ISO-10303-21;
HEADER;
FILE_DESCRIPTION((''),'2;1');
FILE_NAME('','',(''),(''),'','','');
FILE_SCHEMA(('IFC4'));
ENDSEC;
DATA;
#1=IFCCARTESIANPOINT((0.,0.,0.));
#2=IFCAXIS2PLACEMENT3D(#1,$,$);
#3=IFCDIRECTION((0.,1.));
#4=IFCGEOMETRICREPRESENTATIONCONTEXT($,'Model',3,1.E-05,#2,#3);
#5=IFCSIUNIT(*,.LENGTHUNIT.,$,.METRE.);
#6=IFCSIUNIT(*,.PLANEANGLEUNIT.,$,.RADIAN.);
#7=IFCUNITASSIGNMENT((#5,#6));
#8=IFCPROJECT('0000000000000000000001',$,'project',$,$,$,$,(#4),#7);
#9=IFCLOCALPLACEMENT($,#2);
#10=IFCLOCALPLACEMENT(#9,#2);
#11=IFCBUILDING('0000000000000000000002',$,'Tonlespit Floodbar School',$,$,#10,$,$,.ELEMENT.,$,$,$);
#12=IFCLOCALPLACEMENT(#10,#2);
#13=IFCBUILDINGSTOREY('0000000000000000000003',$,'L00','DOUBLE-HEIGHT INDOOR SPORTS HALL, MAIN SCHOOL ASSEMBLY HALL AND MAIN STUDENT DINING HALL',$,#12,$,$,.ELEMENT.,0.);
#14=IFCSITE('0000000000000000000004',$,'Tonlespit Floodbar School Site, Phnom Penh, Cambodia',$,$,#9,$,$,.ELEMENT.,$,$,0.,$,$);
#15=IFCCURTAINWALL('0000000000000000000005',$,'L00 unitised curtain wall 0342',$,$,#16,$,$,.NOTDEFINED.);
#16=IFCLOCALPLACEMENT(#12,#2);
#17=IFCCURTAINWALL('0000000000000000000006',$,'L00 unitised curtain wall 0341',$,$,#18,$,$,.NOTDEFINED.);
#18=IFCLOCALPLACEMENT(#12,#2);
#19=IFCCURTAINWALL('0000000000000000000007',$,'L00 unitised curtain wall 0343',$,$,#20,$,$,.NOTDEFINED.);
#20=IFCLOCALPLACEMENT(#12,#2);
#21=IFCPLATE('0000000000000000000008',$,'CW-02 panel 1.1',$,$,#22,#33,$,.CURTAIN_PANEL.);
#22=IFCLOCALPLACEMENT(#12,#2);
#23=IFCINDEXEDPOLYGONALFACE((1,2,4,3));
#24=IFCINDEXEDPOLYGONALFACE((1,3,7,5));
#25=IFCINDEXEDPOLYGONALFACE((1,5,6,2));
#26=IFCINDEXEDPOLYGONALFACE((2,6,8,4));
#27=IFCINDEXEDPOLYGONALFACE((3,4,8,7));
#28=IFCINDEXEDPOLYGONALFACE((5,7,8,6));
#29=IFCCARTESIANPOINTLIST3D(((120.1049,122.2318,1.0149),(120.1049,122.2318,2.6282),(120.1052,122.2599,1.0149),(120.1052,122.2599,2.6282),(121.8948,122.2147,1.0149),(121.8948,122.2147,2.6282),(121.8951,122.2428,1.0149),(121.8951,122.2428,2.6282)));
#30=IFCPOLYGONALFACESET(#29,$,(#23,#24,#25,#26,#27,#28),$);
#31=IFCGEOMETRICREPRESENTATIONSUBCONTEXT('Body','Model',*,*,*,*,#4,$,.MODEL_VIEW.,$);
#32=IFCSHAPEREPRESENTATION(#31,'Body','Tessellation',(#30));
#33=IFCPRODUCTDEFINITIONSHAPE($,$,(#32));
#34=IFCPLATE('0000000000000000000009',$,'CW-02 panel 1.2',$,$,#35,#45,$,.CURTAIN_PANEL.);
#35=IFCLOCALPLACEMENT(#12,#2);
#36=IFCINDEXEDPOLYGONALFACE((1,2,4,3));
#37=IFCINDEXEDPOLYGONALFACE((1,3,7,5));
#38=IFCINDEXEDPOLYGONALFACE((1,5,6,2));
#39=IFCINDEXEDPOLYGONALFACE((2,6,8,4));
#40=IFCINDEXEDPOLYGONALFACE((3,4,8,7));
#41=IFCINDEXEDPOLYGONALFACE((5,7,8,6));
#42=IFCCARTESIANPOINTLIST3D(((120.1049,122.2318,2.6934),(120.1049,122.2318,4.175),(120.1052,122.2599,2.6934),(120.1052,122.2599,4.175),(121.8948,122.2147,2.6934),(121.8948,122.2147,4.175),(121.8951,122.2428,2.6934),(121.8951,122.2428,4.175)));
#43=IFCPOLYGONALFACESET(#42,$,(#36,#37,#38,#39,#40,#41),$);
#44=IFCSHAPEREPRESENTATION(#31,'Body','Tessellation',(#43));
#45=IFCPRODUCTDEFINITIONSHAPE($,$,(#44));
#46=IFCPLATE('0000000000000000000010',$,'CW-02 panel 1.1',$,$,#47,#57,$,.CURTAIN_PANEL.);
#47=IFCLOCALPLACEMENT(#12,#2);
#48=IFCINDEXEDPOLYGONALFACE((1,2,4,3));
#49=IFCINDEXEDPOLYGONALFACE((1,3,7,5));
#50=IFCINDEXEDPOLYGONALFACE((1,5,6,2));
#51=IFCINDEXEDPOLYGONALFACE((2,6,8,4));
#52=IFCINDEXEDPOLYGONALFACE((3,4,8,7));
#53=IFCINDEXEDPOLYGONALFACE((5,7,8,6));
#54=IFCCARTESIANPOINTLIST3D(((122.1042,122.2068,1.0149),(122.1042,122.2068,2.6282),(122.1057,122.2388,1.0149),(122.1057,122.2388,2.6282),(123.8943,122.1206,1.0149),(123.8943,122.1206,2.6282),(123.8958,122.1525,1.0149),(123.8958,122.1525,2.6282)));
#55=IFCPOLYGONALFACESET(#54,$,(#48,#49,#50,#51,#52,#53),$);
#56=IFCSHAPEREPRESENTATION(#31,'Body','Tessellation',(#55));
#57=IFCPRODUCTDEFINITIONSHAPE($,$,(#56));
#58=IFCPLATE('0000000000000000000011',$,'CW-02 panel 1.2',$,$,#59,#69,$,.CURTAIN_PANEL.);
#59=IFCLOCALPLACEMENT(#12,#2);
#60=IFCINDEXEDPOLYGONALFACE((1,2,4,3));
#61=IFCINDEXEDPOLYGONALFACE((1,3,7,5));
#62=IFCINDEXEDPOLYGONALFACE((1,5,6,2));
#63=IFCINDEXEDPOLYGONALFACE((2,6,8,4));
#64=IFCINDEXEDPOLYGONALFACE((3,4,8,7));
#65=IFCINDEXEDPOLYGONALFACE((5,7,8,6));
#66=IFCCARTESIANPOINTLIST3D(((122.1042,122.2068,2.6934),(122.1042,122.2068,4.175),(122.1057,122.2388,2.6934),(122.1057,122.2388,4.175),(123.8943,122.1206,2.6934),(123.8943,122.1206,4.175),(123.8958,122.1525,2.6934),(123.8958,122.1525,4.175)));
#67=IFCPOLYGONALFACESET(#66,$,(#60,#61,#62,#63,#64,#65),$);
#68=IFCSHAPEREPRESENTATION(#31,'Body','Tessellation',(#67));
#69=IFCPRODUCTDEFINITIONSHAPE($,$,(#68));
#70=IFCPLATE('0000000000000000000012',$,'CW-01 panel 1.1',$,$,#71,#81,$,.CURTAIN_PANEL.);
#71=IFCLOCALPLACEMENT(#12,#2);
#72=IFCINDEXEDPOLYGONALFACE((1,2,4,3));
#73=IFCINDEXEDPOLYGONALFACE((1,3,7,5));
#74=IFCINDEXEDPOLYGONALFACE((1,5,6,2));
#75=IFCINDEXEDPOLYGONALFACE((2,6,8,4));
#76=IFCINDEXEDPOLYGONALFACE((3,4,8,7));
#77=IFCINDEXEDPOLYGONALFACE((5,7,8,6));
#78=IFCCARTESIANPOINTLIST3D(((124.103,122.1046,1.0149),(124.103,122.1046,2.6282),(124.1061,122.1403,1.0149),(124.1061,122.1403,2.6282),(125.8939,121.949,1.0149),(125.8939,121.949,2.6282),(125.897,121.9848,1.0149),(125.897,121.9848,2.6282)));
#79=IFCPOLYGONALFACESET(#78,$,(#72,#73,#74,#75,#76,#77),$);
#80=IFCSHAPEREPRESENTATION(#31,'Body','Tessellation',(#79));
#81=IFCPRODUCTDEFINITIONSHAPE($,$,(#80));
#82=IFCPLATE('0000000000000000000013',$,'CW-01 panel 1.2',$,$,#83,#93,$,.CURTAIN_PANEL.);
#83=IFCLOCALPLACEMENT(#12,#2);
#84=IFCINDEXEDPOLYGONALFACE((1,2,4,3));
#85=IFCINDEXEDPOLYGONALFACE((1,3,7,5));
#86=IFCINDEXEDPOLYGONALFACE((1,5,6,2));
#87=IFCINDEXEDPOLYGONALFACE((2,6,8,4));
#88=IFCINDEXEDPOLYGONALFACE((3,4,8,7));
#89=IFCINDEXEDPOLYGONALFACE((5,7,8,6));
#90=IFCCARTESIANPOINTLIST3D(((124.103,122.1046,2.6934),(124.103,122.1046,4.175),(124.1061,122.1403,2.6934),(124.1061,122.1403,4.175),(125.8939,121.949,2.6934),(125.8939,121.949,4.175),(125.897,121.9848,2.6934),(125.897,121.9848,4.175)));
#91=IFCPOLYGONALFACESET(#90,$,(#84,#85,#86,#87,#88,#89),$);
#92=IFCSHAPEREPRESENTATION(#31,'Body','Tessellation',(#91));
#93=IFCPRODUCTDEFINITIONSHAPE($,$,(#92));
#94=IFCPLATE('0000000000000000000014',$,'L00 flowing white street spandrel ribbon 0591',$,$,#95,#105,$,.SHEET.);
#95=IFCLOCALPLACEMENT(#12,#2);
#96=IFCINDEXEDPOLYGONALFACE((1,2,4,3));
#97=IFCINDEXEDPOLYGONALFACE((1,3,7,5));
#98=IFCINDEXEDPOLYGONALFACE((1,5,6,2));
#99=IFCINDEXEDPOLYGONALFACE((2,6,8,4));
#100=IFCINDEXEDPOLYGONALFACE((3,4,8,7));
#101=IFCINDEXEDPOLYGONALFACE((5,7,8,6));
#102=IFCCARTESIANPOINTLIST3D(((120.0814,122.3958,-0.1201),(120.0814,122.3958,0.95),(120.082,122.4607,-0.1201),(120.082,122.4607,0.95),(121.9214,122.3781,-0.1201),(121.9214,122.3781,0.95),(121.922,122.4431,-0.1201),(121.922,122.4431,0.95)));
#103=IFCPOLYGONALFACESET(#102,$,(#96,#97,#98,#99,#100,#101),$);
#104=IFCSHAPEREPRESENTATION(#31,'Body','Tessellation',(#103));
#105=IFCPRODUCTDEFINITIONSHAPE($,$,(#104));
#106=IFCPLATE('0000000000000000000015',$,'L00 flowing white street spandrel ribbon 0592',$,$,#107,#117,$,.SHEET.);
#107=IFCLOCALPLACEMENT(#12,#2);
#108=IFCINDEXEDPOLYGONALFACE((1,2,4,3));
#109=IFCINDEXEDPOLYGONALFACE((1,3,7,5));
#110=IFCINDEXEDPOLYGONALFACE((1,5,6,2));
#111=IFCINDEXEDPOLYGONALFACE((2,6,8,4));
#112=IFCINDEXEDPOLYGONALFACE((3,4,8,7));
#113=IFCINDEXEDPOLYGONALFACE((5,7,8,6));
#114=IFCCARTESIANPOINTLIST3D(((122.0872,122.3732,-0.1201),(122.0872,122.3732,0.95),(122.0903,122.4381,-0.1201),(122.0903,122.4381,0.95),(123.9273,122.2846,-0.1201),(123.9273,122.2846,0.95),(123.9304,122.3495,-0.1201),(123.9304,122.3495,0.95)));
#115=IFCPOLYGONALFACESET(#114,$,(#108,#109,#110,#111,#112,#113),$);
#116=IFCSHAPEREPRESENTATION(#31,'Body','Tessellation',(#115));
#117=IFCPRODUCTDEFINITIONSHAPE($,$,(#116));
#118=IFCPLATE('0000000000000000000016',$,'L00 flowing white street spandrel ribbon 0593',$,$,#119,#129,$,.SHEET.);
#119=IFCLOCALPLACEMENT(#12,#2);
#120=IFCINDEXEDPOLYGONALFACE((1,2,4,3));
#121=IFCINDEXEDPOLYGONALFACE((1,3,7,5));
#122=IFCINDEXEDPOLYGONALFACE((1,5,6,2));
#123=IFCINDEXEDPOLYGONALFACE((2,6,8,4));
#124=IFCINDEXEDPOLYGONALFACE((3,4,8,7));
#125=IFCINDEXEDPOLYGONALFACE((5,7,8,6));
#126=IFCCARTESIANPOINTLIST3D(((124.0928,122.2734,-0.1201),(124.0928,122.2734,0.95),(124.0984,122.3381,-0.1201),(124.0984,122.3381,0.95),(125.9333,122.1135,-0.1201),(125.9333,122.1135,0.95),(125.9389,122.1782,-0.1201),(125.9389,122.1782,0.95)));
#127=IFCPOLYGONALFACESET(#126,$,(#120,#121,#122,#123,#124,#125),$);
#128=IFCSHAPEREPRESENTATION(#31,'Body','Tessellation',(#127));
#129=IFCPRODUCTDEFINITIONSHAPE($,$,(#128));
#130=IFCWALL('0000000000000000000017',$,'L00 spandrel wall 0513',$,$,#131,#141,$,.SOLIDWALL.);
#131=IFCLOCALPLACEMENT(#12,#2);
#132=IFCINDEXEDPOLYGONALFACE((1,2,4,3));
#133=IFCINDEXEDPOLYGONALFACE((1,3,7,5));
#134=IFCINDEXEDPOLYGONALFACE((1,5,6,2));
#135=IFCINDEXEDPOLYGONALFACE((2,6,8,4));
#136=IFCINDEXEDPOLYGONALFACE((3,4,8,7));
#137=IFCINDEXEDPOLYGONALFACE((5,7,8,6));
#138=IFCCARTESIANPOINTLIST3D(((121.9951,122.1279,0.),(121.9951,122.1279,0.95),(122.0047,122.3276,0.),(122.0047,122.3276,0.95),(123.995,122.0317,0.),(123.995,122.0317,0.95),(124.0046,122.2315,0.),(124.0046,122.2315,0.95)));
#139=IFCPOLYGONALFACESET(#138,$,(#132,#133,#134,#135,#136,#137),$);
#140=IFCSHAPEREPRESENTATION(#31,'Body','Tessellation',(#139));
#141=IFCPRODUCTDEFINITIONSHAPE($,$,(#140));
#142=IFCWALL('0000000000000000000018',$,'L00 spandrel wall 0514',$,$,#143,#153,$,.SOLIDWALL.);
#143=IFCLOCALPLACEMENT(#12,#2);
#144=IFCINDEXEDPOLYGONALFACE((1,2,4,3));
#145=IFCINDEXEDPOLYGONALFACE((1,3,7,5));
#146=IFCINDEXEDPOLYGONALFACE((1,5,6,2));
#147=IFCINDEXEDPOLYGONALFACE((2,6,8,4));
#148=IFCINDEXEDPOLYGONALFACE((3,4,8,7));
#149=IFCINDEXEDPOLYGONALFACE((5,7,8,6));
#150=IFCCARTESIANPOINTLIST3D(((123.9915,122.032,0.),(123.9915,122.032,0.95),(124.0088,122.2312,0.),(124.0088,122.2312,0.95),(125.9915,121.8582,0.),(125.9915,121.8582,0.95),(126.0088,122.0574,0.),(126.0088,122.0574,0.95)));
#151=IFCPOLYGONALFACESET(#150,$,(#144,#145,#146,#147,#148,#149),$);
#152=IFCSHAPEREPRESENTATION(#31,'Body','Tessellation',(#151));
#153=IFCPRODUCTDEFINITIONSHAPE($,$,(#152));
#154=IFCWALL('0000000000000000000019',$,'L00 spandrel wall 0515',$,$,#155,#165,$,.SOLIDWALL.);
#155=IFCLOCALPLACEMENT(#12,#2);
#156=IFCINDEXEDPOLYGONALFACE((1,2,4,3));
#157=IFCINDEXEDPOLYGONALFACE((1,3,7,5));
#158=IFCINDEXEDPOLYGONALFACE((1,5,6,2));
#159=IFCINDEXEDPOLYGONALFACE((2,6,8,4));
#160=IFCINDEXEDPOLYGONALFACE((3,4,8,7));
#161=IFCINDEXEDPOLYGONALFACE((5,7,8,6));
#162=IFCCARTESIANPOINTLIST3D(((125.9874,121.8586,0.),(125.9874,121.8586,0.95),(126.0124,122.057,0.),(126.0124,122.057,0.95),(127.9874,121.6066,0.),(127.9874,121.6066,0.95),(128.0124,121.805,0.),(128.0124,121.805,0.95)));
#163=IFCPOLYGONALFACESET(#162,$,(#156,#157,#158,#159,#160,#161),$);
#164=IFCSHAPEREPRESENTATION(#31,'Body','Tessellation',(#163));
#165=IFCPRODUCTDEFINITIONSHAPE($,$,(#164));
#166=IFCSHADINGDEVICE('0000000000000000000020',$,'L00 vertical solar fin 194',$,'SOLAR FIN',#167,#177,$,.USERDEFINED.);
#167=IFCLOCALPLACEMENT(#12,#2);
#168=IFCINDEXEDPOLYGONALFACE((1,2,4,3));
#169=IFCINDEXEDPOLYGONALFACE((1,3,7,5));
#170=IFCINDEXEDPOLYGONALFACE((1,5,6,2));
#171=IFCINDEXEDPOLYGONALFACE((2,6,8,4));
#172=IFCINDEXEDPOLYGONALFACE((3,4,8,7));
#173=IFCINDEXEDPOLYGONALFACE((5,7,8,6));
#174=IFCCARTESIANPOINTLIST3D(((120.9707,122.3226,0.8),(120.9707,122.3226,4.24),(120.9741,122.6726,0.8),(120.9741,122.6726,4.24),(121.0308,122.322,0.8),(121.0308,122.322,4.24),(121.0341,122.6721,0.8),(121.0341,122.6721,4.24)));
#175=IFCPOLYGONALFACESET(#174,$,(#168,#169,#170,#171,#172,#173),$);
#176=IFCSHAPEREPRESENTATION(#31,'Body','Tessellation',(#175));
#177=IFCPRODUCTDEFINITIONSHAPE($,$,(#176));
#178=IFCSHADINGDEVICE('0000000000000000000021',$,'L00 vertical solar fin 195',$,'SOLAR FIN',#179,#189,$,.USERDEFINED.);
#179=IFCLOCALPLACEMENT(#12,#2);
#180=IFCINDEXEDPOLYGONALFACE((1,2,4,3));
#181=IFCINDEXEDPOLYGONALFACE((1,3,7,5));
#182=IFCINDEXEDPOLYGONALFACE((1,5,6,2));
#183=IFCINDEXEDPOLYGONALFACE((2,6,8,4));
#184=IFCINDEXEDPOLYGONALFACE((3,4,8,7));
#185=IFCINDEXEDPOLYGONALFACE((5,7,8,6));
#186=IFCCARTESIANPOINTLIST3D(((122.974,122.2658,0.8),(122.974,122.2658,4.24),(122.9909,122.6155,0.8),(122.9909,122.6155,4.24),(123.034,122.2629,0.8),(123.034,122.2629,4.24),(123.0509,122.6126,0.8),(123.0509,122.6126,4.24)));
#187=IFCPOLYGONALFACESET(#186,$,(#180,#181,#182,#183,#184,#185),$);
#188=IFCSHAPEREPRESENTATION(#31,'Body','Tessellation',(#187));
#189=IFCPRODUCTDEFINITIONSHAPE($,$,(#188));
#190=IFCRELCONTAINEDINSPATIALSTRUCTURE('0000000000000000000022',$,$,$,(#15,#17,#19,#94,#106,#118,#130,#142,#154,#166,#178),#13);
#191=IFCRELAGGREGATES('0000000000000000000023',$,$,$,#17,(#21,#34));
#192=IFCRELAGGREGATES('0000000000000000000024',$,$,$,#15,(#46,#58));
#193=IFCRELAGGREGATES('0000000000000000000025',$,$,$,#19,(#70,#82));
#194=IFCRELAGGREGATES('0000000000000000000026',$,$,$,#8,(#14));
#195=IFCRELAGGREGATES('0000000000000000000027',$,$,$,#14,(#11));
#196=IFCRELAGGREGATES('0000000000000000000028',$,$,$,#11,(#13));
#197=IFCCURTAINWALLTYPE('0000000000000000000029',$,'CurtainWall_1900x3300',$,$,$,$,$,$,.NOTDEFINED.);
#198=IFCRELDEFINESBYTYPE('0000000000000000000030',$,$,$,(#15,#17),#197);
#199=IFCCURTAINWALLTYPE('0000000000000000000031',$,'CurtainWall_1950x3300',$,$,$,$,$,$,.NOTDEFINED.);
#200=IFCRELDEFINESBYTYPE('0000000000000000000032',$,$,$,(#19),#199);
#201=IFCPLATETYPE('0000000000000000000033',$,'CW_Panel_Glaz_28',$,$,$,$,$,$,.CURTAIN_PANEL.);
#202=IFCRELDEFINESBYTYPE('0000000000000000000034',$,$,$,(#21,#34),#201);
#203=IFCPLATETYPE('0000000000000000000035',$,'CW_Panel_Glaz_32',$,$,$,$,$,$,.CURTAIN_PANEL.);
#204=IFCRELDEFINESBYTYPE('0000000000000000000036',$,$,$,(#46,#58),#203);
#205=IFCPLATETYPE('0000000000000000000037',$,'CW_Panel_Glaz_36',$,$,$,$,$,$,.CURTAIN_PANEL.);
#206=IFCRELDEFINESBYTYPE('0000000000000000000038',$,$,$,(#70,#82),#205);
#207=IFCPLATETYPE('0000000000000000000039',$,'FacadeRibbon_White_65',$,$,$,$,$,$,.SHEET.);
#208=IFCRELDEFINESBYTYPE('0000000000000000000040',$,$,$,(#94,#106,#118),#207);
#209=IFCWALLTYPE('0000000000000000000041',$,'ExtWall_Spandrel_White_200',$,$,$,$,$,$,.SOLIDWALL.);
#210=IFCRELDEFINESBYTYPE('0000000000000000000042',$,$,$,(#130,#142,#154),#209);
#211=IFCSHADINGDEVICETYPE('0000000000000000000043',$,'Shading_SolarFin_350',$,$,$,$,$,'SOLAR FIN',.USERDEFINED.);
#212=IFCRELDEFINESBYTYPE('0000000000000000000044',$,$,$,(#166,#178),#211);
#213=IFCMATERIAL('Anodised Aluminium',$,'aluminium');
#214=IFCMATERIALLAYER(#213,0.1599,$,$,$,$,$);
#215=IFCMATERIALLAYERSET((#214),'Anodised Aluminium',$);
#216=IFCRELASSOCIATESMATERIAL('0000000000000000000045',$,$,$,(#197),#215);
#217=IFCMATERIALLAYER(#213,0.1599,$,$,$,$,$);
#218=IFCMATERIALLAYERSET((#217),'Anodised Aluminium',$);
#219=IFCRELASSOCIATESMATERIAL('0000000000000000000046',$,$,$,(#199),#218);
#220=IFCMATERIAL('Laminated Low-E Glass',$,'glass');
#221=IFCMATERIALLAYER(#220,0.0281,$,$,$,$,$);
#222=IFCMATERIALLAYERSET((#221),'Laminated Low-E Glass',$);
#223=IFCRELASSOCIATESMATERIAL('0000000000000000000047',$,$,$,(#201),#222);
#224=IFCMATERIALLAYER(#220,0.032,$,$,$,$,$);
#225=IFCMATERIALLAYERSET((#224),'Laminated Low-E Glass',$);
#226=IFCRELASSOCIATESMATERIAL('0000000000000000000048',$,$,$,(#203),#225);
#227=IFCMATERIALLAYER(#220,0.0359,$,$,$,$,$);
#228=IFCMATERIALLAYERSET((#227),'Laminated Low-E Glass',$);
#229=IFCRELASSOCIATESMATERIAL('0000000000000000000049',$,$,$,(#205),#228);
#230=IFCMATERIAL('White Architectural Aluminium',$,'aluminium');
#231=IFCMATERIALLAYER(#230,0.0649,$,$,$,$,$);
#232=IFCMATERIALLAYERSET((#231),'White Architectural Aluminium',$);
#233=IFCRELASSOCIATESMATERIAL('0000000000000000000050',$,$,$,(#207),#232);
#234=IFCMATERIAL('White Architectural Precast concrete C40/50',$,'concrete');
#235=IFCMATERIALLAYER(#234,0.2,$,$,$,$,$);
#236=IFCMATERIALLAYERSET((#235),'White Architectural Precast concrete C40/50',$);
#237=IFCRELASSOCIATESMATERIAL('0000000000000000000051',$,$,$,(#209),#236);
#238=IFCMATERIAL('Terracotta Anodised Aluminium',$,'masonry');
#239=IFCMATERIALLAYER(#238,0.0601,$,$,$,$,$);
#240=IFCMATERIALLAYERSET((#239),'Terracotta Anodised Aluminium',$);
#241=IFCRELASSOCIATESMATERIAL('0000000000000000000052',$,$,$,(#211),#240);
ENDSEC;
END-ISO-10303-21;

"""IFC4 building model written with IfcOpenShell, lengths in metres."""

from ifc_helpers import new_model, si_unit, direction, frame, frame_2d, origin, origin_2d, place, context, subcontext, project, spatial, rectangle, extrude, material, layer, layer_set, type_object, element, aggregate, save


model = new_model("IFC4")

# Units and contexts
model_context = context("Model", 3, precision=1e-05, world=origin(), true_north=direction((0.0, 1.0)))
body_context = subcontext(model_context, "Body", "Model", "MODEL_VIEW")
ifc_project = project(units=[si_unit("LENGTHUNIT", "METRE"), si_unit("PLANEANGLEUNIT", "RADIAN")], contexts=[model_context])

# Site, building, storey
site_placement = place(None, origin())
site = spatial("IfcSite", under=ifc_project, at=site_placement, Name="Tonlespit Floodbar School Site, Phnom Penh, Cambodia", CompositionType="ELEMENT", RefElevation=0.0)
building_placement = place(site_placement, origin())
building = spatial("IfcBuilding", under=site, at=building_placement, Name="Tonlespit Floodbar School", CompositionType="ELEMENT")
storey_placement = place(building_placement, origin())
storey = spatial("IfcBuildingStorey", under=building, at=storey_placement, Name="L00", Description="DOUBLE-HEIGHT INDOOR SPORTS HALL, MAIN SCHOOL ASSEMBLY HALL AND MAIN STUDENT DINING HALL", CompositionType="ELEMENT", Elevation=0.0)

# Curtain wall
ifc_material_1 = material(Name="Anodised Aluminium", Category="aluminium")
ifc_layer_1 = layer(ifc_material_1, 0.1599)
ifc_layer_set_1 = layer_set([ifc_layer_1], Name="Anodised Aluminium")
curtain_wall_type_1 = type_object("IfcCurtainWallType", Name="CurtainWall_1900x3300", PredefinedType="NOTDEFINED", material=ifc_layer_set_1)
curtain_wall_1_placement = place(storey_placement, origin())
curtain_wall_1 = element("IfcCurtainWall", 1, at=curtain_wall_1_placement, inside=storey, type_object=curtain_wall_type_1, Name="L00 unitised curtain wall 0342", PredefinedType="NOTDEFINED")

# Curtain wall
ifc_layer_2 = layer(ifc_material_1, 0.1599)
ifc_layer_set_2 = layer_set([ifc_layer_2], Name="Anodised Aluminium")
curtain_wall_type_2 = type_object("IfcCurtainWallType", Name="CurtainWall_1950x3300", PredefinedType="NOTDEFINED", material=ifc_layer_set_2)
curtain_wall_2_placement = place(storey_placement, origin())
curtain_wall_2 = element("IfcCurtainWall", 2, at=curtain_wall_2_placement, inside=storey, type_object=curtain_wall_type_1, Name="L00 unitised curtain wall 0341", PredefinedType="NOTDEFINED")

# Curtain wall
curtain_wall_3_placement = place(storey_placement, origin())
curtain_wall_3 = element("IfcCurtainWall", 3, at=curtain_wall_3_placement, inside=storey, type_object=curtain_wall_type_2, Name="L00 unitised curtain wall 0343", PredefinedType="NOTDEFINED")

# Plates
ifc_material_2 = material(Name="Laminated Low-E Glass", Category="glass")
ifc_layer_3 = layer(ifc_material_2, 0.0281)
ifc_layer_set_3 = layer_set([ifc_layer_3], Name="Laminated Low-E Glass")
plate_type_1 = type_object("IfcPlateType", Name="CW_Panel_Glaz_28", PredefinedType="CURTAIN_PANEL", material=ifc_layer_set_3)
plate_1_placement = place(storey_placement, frame((121.0, 122.2373, 1.0149), z_axis=(0.0, 0.0, 1.0), x_axis=(0.999954, -0.009583, 0.0)))
plate_1 = element("IfcPlate", 4, at=plate_1_placement, type_object=plate_type_1, Name="CW-02 panel 1.1", PredefinedType="CURTAIN_PANEL", context=body_context, shape_type="SweptSolid", body=[
    extrude(rectangle(XDim=1.79, YDim=0.0281, at=origin_2d()), origin(), (0.0, 0.0, 1.0), 1.6133),
])
plate_2_placement = place(storey_placement, frame((121.0, 122.2373, 2.6934), z_axis=(0.0, 0.0, 1.0), x_axis=(0.999954, -0.009583, 0.0)))
plate_2 = element("IfcPlate", 5, at=plate_2_placement, type_object=plate_type_1, Name="CW-02 panel 1.2", PredefinedType="CURTAIN_PANEL", context=body_context, shape_type="SweptSolid", body=[
    extrude(rectangle(XDim=1.79, YDim=0.0281, at=origin_2d()), origin(), (0.0, 0.0, 1.0), 1.4817),
])
aggregate(curtain_wall_2, [plate_1, plate_2])
ifc_layer_4 = layer(ifc_material_2, 0.032)
ifc_layer_set_4 = layer_set([ifc_layer_4], Name="Laminated Low-E Glass")
plate_type_2 = type_object("IfcPlateType", Name="CW_Panel_Glaz_32", PredefinedType="CURTAIN_PANEL", material=ifc_layer_set_4)
plate_3_placement = place(storey_placement, frame((123.0, 122.1797, 1.0149), z_axis=(0.0, 0.0, 1.0), x_axis=(0.998842, -0.048121, 0.0)))
plate_3 = element("IfcPlate", 6, at=plate_3_placement, type_object=plate_type_2, Name="CW-02 panel 1.1", PredefinedType="CURTAIN_PANEL", context=body_context, shape_type="SweptSolid", body=[
    extrude(rectangle(XDim=1.7922, YDim=0.032, at=origin_2d()), origin(), (0.0, 0.0, 1.0), 1.6133),
])
plate_4_placement = place(storey_placement, frame((123.0, 122.1797, 2.6934), z_axis=(0.0, 0.0, 1.0), x_axis=(0.998842, -0.048121, 0.0)))
plate_4 = element("IfcPlate", 7, at=plate_4_placement, type_object=plate_type_2, Name="CW-02 panel 1.2", PredefinedType="CURTAIN_PANEL", context=body_context, shape_type="SweptSolid", body=[
    extrude(rectangle(XDim=1.7922, YDim=0.032, at=origin_2d()), origin(), (0.0, 0.0, 1.0), 1.4817),
])
aggregate(curtain_wall_1, [plate_3, plate_4])
ifc_layer_5 = layer(ifc_material_2, 0.0359)
ifc_layer_set_5 = layer_set([ifc_layer_5], Name="Laminated Low-E Glass")
plate_type_3 = type_object("IfcPlateType", Name="CW_Panel_Glaz_36", PredefinedType="CURTAIN_PANEL", material=ifc_layer_set_5)
plate_5_placement = place(storey_placement, frame((125.0, 122.0447, 1.0149), z_axis=(0.0, 0.0, 1.0), x_axis=(0.996249, -0.086531, 0.0)))
plate_5 = element("IfcPlate", 8, at=plate_5_placement, type_object=plate_type_3, Name="CW-01 panel 1.1", PredefinedType="CURTAIN_PANEL", context=body_context, shape_type="SweptSolid", body=[
    extrude(rectangle(XDim=1.7976, YDim=0.0359, at=origin_2d()), origin(), (0.0, 0.0, 1.0), 1.6133),
])
plate_6_placement = place(storey_placement, frame((125.0, 122.0447, 2.6934), z_axis=(0.0, 0.0, 1.0), x_axis=(0.996249, -0.086531, 0.0)))
plate_6 = element("IfcPlate", 9, at=plate_6_placement, type_object=plate_type_3, Name="CW-01 panel 1.2", PredefinedType="CURTAIN_PANEL", context=body_context, shape_type="SweptSolid", body=[
    extrude(rectangle(XDim=1.7976, YDim=0.0359, at=origin_2d()), origin(), (0.0, 0.0, 1.0), 1.4817),
])
aggregate(curtain_wall_3, [plate_5, plate_6])

# Plates
ifc_material_3 = material(Name="White Architectural Aluminium", Category="aluminium")
ifc_layer_6 = layer(ifc_material_3, 0.0649)
ifc_layer_set_6 = layer_set([ifc_layer_6], Name="White Architectural Aluminium")
plate_type_4 = type_object("IfcPlateType", Name="FacadeRibbon_White_65", PredefinedType="SHEET", material=ifc_layer_set_6)
plate_7_placement = place(storey_placement, frame((121.0017, 122.4194, -0.1201), z_axis=(0.0, 0.0, 1.0), x_axis=(0.999954, -0.009599, 0.0)))
element("IfcPlate", 10, at=plate_7_placement, inside=storey, type_object=plate_type_4, Name="L00 flowing white street spandrel ribbon 0591", PredefinedType="SHEET", context=body_context, shape_type="SweptSolid", body=[
    extrude(rectangle(XDim=1.8401, YDim=0.0649, at=origin_2d()), origin(), (0.0, 0.0, 1.0), 1.0701),
])
plate_8_placement = place(storey_placement, frame((123.0088, 122.3613, -0.1201), z_axis=(0.0, 0.0, 1.0), x_axis=(0.998843, -0.048095, 0.0)))
element("IfcPlate", 11, at=plate_8_placement, inside=storey, type_object=plate_type_4, Name="L00 flowing white street spandrel ribbon 0592", PredefinedType="SHEET", context=body_context, shape_type="SweptSolid", body=[
    extrude(rectangle(XDim=1.8423, YDim=0.0649, at=origin_2d()), origin(), (0.0, 0.0, 1.0), 1.0701),
])
plate_9_placement = place(storey_placement, frame((125.0159, 122.2258, -0.1201), z_axis=(0.0, 0.0, 1.0), x_axis=(0.996245, -0.086573, 0.0)))
element("IfcPlate", 12, at=plate_9_placement, inside=storey, type_object=plate_type_4, Name="L00 flowing white street spandrel ribbon 0593", PredefinedType="SHEET", context=body_context, shape_type="SweptSolid", body=[
    extrude(rectangle(XDim=1.8474, YDim=0.0649, at=origin_2d()), origin(), (0.0, 0.0, 1.0), 1.0701),
])

# Walls
ifc_material_4 = material(Name="White Architectural Precast concrete C40/50", Category="concrete")
ifc_layer_7 = layer(ifc_material_4, 0.2)
ifc_layer_set_7 = layer_set([ifc_layer_7], Name="White Architectural Precast concrete C40/50")
wall_type = type_object("IfcWallType", Name="ExtWall_Spandrel_White_200", PredefinedType="SOLIDWALL", material=ifc_layer_set_7)
wall_1_placement = place(storey_placement, frame((122.0, 122.2278, 0.0), z_axis=(0.0, 0.0, 1.0), x_axis=(0.998845, -0.04804, 0.0)))
element("IfcWall", 13, at=wall_1_placement, inside=storey, type_object=wall_type, Name="L00 spandrel wall 0513", PredefinedType="SOLIDWALL", context=body_context, shape_type="SweptSolid", body=[
    extrude(rectangle(XDim=2.0022, YDim=0.2, at=frame_2d((1.001, 0.0))), origin(), (0.0, 0.0, 1.0), 0.95),
])
wall_2_placement = place(storey_placement, frame((124.0, 122.1316, 0.0), z_axis=(0.0, 0.0, 1.0), x_axis=(0.996244, -0.086588, 0.0)))
element("IfcWall", 14, at=wall_2_placement, inside=storey, type_object=wall_type, Name="L00 spandrel wall 0514", PredefinedType="SOLIDWALL", context=body_context, shape_type="SweptSolid", body=[
    extrude(rectangle(XDim=2.0076, YDim=0.2, at=frame_2d((1.0039, 0.0))), origin(), (0.0, 0.0, 1.0), 0.95),
])
wall_3_placement = place(storey_placement, frame((126.0, 121.9578, 0.0), z_axis=(0.0, 0.0, 1.0), x_axis=(0.992158, -0.124989, 0.0)))
element("IfcWall", 15, at=wall_3_placement, inside=storey, type_object=wall_type, Name="L00 spandrel wall 0515", PredefinedType="SOLIDWALL", context=body_context, shape_type="SweptSolid", body=[
    extrude(rectangle(XDim=2.0159, YDim=0.2, at=frame_2d((1.0078, 0.0))), origin(), (0.0, 0.0, 1.0), 0.95),
])

# Shading devices
ifc_material_5 = material(Name="Terracotta Anodised Aluminium", Category="masonry")
ifc_layer_8 = layer(ifc_material_5, 0.0601)
ifc_layer_set_8 = layer_set([ifc_layer_8], Name="Terracotta Anodised Aluminium")
shading_device_type = type_object("IfcShadingDeviceType", Name="Shading_SolarFin_350", ElementType="SOLAR FIN", PredefinedType="USERDEFINED", material=ifc_layer_set_8)
for number, where, z_axis, x_axis, name in (
    (16, (121.0024, 122.4973, 0.8), (0.0, 0.0, 1.0), (0.999954, -0.009599, 0.0), "L00 vertical solar fin 194"),
    (17, (123.0125, 122.4392, 0.8), (0.0, 0.0, 1.0), (0.998843, -0.048095, 0.0), "L00 vertical solar fin 195"),
):
    element("IfcShadingDevice", number, at=place(storey_placement, frame(where, z_axis=z_axis, x_axis=x_axis)), inside=storey, type_object=shading_device_type, Name=name, ObjectType="SOLAR FIN", PredefinedType="USERDEFINED", context=body_context, shape_type="SweptSolid", body=[
        extrude(rectangle(XDim=0.0601, YDim=0.3501, at=origin_2d()), origin(), (0.0, 0.0, 1.0), 3.4399),
    ])

save(model, "model.ifc")
